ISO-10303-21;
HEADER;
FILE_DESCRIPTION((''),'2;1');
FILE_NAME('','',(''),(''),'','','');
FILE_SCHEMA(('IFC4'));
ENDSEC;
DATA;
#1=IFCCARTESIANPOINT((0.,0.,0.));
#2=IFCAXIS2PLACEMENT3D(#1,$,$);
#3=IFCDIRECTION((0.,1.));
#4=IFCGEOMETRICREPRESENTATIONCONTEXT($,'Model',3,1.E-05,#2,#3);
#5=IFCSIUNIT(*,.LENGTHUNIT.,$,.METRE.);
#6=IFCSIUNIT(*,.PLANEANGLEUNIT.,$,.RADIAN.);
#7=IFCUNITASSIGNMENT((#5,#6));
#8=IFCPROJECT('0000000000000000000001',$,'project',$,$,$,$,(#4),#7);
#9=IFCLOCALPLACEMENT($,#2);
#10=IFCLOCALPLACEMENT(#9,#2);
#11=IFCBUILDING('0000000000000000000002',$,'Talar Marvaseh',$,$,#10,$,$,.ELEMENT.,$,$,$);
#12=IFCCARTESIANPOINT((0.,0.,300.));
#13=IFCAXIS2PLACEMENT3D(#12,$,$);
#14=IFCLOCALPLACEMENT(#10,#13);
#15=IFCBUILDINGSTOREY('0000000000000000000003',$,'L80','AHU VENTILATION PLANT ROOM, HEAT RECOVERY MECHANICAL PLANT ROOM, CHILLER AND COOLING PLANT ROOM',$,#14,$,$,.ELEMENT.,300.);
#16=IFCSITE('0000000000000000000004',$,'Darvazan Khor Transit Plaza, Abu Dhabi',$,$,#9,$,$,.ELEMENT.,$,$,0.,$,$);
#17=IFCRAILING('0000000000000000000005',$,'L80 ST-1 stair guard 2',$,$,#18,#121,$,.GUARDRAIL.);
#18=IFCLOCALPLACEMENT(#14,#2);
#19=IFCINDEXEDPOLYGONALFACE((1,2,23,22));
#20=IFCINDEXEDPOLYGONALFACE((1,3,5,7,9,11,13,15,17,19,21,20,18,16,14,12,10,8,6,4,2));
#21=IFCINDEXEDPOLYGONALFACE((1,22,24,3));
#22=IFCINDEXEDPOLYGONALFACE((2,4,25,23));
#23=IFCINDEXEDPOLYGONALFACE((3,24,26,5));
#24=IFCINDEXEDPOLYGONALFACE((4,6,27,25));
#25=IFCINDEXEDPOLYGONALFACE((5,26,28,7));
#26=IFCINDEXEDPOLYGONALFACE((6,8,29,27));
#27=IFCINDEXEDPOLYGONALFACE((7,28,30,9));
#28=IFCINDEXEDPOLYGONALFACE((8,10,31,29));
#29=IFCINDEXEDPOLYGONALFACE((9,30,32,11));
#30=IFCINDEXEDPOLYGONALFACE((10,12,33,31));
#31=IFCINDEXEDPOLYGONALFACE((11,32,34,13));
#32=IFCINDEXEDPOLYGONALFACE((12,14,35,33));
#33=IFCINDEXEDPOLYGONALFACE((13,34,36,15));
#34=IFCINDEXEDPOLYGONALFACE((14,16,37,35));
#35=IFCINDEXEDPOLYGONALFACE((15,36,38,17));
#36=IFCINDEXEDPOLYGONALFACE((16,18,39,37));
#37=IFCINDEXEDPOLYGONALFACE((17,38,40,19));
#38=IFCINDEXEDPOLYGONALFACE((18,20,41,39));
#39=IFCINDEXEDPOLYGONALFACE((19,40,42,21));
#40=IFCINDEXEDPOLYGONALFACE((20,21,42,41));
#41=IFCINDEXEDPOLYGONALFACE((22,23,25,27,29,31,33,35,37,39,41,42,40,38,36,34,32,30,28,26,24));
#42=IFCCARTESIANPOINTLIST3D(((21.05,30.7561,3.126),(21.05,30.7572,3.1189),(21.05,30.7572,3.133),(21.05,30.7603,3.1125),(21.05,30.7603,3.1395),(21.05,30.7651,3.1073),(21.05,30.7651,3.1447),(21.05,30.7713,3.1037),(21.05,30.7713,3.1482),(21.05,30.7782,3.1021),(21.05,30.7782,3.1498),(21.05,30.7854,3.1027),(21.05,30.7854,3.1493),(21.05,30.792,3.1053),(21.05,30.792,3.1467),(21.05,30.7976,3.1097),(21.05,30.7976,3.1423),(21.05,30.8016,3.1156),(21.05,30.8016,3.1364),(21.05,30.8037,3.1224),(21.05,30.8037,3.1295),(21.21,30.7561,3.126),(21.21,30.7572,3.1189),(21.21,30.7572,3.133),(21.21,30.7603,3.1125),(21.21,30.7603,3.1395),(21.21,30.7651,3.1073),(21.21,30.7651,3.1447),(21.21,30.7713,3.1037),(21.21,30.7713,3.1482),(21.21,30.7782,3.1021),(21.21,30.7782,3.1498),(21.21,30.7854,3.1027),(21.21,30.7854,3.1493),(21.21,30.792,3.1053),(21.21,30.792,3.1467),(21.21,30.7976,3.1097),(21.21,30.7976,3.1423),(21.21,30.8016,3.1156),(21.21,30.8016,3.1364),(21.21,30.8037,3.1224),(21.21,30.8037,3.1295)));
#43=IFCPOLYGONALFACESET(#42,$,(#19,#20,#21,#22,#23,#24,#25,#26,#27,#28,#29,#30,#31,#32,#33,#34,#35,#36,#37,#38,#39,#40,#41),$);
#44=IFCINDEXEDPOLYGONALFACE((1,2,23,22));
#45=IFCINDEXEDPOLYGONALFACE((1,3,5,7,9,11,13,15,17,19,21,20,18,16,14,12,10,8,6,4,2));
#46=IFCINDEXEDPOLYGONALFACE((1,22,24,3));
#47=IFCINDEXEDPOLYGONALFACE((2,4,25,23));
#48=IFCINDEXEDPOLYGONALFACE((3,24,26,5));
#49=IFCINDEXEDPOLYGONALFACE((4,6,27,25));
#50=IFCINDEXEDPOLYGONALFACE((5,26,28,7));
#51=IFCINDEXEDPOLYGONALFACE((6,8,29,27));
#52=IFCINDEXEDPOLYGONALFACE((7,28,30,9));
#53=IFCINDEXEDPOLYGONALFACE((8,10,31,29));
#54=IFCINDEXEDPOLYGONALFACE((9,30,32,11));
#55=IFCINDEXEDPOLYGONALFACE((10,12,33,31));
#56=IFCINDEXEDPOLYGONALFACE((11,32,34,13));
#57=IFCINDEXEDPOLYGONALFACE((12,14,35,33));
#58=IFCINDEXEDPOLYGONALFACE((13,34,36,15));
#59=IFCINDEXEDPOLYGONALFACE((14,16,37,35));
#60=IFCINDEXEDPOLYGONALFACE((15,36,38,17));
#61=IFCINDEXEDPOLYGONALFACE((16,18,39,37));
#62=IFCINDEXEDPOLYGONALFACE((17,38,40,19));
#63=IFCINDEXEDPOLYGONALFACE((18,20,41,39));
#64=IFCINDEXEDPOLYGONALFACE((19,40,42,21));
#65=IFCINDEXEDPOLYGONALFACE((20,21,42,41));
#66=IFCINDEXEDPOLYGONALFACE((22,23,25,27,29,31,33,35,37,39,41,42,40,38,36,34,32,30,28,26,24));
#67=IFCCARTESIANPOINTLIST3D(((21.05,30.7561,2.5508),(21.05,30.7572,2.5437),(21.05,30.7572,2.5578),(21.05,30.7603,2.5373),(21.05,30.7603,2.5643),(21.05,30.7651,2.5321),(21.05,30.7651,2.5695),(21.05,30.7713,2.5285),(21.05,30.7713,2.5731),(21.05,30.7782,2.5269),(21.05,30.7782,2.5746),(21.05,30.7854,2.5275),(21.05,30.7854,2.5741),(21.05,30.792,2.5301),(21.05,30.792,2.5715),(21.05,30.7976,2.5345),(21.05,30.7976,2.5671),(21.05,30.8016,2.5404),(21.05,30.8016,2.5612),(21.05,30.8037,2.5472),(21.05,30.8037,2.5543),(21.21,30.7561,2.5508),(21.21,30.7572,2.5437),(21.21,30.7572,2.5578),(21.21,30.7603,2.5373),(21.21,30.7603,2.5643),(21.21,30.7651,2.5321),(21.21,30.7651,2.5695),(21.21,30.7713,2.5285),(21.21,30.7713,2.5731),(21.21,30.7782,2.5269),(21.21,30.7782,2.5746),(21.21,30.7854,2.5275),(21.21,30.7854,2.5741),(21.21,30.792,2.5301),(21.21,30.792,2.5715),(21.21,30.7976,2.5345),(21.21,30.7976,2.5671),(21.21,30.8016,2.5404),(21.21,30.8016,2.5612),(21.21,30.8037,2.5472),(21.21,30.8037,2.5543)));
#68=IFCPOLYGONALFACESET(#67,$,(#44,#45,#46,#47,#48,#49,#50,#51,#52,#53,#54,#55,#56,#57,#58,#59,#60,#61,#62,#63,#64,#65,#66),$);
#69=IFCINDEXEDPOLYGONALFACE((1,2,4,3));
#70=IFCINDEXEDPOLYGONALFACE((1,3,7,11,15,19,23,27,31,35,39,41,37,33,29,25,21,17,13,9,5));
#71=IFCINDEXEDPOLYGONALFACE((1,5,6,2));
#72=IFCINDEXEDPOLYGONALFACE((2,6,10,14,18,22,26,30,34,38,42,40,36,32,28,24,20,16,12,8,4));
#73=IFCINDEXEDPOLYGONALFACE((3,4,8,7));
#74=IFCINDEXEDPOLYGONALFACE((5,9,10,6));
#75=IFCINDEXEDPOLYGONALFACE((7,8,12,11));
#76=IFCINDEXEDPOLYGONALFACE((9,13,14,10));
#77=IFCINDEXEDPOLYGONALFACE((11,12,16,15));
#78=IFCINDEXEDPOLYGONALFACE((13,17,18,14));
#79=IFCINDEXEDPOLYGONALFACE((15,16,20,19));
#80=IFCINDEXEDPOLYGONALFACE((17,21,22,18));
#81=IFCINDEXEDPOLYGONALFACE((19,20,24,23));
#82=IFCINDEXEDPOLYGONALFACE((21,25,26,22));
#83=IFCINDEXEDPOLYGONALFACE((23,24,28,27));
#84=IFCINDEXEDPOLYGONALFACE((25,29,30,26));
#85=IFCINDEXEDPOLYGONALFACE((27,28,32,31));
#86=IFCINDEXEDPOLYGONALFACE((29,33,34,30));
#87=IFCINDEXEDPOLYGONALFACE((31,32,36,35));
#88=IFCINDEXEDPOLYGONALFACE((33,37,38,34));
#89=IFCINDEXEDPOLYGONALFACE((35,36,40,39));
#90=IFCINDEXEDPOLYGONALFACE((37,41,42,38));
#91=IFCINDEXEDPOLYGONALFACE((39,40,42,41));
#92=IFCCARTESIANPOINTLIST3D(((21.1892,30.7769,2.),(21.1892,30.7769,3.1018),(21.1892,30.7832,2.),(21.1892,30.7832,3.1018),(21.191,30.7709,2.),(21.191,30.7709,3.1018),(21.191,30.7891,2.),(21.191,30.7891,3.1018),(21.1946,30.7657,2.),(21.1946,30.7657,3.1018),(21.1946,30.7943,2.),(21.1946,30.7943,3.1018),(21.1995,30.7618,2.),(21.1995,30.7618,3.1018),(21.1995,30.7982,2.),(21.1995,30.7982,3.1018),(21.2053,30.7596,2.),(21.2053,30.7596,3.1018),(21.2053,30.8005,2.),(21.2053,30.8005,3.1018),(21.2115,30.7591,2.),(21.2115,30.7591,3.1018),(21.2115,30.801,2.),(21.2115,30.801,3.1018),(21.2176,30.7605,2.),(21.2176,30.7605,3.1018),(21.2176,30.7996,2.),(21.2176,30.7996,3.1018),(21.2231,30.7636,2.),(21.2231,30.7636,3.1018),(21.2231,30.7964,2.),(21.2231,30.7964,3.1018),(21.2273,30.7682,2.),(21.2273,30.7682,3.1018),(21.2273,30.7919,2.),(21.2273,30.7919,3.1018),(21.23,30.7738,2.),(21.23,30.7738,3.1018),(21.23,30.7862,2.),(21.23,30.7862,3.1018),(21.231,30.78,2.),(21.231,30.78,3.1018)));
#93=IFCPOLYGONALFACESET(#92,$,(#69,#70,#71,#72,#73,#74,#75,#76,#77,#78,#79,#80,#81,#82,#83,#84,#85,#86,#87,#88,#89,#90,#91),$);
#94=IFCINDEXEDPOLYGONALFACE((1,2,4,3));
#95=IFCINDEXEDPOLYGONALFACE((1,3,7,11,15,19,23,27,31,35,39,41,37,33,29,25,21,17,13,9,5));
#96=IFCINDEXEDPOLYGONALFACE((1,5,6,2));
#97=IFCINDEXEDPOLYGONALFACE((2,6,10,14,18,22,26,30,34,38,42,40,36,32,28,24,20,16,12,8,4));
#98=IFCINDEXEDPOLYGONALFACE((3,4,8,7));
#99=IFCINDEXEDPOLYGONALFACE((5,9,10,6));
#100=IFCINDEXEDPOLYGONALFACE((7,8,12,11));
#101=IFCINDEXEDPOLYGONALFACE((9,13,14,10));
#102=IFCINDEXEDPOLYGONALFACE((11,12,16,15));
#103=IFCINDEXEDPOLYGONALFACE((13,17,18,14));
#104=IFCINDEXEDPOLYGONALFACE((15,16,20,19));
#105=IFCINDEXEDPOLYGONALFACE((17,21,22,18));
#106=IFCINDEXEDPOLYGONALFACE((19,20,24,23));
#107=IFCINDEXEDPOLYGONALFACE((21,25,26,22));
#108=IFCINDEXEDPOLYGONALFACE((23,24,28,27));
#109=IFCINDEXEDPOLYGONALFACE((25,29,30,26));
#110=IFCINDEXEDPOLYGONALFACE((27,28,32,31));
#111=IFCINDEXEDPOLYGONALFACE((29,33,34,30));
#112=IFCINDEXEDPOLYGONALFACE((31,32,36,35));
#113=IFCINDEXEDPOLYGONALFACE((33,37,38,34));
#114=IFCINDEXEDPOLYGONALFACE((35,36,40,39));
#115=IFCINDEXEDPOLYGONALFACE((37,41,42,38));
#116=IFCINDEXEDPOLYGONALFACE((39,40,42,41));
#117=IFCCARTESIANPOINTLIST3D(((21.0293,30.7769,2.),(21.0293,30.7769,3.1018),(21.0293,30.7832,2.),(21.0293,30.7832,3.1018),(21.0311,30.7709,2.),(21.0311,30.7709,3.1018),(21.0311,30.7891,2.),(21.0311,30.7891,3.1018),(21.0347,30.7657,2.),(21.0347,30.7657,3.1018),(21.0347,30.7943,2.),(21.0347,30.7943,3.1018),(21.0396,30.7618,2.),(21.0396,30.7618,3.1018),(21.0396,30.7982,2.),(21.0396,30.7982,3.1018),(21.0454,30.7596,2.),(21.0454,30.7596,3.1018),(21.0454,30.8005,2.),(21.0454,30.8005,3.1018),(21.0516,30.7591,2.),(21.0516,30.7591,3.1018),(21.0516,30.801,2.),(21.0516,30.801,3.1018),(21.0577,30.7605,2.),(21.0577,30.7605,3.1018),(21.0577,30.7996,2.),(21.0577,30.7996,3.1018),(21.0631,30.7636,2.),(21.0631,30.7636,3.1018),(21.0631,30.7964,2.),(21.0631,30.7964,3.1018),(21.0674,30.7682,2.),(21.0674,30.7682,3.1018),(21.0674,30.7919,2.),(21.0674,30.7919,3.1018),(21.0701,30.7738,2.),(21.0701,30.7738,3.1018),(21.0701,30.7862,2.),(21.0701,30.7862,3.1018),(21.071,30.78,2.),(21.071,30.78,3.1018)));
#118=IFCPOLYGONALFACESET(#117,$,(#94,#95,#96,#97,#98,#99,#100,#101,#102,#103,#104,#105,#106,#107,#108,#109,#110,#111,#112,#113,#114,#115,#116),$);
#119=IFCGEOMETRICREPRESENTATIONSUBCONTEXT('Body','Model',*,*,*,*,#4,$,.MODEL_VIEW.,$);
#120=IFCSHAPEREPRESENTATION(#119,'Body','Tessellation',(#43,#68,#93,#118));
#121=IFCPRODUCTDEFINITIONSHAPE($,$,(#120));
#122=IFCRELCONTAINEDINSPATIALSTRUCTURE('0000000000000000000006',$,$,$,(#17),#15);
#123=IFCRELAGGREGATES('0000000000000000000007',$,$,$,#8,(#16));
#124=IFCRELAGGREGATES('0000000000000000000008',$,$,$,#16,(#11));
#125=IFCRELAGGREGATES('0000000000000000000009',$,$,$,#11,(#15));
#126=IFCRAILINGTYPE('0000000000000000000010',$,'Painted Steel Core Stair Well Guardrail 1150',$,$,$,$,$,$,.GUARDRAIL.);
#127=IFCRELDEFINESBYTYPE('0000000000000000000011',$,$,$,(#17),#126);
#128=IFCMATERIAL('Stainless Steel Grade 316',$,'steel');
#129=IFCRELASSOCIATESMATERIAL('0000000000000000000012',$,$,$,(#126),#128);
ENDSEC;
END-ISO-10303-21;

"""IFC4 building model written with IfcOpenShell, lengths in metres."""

from ifc_helpers import new_model, si_unit, direction, frame, origin, origin_2d, place, context, subcontext, project, spatial, circle, extrude, material, type_object, element, save


model = new_model("IFC4")

# Units and contexts
model_context = context("Model", 3, precision=1e-05, world=origin(), true_north=direction((0.0, 1.0)))
body_context = subcontext(model_context, "Body", "Model", "MODEL_VIEW")
ifc_project = project(units=[si_unit("LENGTHUNIT", "METRE"), si_unit("PLANEANGLEUNIT", "RADIAN")], contexts=[model_context])

# Site, building, storey
site_placement = place(None, origin())
site = spatial("IfcSite", under=ifc_project, at=site_placement, Name="Darvazan Khor Transit Plaza, Abu Dhabi", CompositionType="ELEMENT", RefElevation=0.0)
building_placement = place(site_placement, origin())
building = spatial("IfcBuilding", under=site, at=building_placement, Name="Talar Marvaseh", CompositionType="ELEMENT")
storey_placement = place(building_placement, frame((0.0, 0.0, 300.0)))
storey = spatial("IfcBuildingStorey", under=building, at=storey_placement, Name="L80", Description="AHU VENTILATION PLANT ROOM, HEAT RECOVERY MECHANICAL PLANT ROOM, CHILLER AND COOLING PLANT ROOM", CompositionType="ELEMENT", Elevation=300.0)

# Shared definitions
ifc_material_1 = material(Name="Stainless Steel Grade 316", Category="steel")

# Railing
railing_type_1 = type_object("IfcRailingType", Name="Painted Steel Core Stair Well Guardrail 1150", PredefinedType="GUARDRAIL", material=ifc_material_1)
railing_1_placement = place(storey_placement, frame((21.21, 30.78, 2.0)))
element("IfcRailing", 1, at=railing_1_placement, inside=storey, type_object=railing_type_1, Name="L80 ST-1 stair guard 2", PredefinedType="GUARDRAIL", context=body_context, shape_type="SweptSolid", body=[
    extrude(circle(Radius=0.0239, at=origin_2d()), frame((0.0, 0.0, 1.126), z_axis=(-1.0, 0.0, 0.0), x_axis=(0.0, -1.0, 0.0)), (0.0, 0.0, 1.0), 0.1599),
    extrude(circle(Radius=0.0239, at=origin_2d()), frame((0.0, 0.0, 0.5508), z_axis=(-1.0, 0.0, 0.0), x_axis=(0.0, -1.0, 0.0)), (0.0, 0.0, 1.0), 0.1599),
    extrude(circle(Radius=0.021, at=origin_2d()), origin(), (0.0, 0.0, 1.0), 1.1018),
    extrude(circle(Radius=0.021, at=origin_2d()), frame((-0.1599, 0.0, 0.0)), (0.0, 0.0, 1.0), 1.1018),
])

save(model, "model.ifc")
